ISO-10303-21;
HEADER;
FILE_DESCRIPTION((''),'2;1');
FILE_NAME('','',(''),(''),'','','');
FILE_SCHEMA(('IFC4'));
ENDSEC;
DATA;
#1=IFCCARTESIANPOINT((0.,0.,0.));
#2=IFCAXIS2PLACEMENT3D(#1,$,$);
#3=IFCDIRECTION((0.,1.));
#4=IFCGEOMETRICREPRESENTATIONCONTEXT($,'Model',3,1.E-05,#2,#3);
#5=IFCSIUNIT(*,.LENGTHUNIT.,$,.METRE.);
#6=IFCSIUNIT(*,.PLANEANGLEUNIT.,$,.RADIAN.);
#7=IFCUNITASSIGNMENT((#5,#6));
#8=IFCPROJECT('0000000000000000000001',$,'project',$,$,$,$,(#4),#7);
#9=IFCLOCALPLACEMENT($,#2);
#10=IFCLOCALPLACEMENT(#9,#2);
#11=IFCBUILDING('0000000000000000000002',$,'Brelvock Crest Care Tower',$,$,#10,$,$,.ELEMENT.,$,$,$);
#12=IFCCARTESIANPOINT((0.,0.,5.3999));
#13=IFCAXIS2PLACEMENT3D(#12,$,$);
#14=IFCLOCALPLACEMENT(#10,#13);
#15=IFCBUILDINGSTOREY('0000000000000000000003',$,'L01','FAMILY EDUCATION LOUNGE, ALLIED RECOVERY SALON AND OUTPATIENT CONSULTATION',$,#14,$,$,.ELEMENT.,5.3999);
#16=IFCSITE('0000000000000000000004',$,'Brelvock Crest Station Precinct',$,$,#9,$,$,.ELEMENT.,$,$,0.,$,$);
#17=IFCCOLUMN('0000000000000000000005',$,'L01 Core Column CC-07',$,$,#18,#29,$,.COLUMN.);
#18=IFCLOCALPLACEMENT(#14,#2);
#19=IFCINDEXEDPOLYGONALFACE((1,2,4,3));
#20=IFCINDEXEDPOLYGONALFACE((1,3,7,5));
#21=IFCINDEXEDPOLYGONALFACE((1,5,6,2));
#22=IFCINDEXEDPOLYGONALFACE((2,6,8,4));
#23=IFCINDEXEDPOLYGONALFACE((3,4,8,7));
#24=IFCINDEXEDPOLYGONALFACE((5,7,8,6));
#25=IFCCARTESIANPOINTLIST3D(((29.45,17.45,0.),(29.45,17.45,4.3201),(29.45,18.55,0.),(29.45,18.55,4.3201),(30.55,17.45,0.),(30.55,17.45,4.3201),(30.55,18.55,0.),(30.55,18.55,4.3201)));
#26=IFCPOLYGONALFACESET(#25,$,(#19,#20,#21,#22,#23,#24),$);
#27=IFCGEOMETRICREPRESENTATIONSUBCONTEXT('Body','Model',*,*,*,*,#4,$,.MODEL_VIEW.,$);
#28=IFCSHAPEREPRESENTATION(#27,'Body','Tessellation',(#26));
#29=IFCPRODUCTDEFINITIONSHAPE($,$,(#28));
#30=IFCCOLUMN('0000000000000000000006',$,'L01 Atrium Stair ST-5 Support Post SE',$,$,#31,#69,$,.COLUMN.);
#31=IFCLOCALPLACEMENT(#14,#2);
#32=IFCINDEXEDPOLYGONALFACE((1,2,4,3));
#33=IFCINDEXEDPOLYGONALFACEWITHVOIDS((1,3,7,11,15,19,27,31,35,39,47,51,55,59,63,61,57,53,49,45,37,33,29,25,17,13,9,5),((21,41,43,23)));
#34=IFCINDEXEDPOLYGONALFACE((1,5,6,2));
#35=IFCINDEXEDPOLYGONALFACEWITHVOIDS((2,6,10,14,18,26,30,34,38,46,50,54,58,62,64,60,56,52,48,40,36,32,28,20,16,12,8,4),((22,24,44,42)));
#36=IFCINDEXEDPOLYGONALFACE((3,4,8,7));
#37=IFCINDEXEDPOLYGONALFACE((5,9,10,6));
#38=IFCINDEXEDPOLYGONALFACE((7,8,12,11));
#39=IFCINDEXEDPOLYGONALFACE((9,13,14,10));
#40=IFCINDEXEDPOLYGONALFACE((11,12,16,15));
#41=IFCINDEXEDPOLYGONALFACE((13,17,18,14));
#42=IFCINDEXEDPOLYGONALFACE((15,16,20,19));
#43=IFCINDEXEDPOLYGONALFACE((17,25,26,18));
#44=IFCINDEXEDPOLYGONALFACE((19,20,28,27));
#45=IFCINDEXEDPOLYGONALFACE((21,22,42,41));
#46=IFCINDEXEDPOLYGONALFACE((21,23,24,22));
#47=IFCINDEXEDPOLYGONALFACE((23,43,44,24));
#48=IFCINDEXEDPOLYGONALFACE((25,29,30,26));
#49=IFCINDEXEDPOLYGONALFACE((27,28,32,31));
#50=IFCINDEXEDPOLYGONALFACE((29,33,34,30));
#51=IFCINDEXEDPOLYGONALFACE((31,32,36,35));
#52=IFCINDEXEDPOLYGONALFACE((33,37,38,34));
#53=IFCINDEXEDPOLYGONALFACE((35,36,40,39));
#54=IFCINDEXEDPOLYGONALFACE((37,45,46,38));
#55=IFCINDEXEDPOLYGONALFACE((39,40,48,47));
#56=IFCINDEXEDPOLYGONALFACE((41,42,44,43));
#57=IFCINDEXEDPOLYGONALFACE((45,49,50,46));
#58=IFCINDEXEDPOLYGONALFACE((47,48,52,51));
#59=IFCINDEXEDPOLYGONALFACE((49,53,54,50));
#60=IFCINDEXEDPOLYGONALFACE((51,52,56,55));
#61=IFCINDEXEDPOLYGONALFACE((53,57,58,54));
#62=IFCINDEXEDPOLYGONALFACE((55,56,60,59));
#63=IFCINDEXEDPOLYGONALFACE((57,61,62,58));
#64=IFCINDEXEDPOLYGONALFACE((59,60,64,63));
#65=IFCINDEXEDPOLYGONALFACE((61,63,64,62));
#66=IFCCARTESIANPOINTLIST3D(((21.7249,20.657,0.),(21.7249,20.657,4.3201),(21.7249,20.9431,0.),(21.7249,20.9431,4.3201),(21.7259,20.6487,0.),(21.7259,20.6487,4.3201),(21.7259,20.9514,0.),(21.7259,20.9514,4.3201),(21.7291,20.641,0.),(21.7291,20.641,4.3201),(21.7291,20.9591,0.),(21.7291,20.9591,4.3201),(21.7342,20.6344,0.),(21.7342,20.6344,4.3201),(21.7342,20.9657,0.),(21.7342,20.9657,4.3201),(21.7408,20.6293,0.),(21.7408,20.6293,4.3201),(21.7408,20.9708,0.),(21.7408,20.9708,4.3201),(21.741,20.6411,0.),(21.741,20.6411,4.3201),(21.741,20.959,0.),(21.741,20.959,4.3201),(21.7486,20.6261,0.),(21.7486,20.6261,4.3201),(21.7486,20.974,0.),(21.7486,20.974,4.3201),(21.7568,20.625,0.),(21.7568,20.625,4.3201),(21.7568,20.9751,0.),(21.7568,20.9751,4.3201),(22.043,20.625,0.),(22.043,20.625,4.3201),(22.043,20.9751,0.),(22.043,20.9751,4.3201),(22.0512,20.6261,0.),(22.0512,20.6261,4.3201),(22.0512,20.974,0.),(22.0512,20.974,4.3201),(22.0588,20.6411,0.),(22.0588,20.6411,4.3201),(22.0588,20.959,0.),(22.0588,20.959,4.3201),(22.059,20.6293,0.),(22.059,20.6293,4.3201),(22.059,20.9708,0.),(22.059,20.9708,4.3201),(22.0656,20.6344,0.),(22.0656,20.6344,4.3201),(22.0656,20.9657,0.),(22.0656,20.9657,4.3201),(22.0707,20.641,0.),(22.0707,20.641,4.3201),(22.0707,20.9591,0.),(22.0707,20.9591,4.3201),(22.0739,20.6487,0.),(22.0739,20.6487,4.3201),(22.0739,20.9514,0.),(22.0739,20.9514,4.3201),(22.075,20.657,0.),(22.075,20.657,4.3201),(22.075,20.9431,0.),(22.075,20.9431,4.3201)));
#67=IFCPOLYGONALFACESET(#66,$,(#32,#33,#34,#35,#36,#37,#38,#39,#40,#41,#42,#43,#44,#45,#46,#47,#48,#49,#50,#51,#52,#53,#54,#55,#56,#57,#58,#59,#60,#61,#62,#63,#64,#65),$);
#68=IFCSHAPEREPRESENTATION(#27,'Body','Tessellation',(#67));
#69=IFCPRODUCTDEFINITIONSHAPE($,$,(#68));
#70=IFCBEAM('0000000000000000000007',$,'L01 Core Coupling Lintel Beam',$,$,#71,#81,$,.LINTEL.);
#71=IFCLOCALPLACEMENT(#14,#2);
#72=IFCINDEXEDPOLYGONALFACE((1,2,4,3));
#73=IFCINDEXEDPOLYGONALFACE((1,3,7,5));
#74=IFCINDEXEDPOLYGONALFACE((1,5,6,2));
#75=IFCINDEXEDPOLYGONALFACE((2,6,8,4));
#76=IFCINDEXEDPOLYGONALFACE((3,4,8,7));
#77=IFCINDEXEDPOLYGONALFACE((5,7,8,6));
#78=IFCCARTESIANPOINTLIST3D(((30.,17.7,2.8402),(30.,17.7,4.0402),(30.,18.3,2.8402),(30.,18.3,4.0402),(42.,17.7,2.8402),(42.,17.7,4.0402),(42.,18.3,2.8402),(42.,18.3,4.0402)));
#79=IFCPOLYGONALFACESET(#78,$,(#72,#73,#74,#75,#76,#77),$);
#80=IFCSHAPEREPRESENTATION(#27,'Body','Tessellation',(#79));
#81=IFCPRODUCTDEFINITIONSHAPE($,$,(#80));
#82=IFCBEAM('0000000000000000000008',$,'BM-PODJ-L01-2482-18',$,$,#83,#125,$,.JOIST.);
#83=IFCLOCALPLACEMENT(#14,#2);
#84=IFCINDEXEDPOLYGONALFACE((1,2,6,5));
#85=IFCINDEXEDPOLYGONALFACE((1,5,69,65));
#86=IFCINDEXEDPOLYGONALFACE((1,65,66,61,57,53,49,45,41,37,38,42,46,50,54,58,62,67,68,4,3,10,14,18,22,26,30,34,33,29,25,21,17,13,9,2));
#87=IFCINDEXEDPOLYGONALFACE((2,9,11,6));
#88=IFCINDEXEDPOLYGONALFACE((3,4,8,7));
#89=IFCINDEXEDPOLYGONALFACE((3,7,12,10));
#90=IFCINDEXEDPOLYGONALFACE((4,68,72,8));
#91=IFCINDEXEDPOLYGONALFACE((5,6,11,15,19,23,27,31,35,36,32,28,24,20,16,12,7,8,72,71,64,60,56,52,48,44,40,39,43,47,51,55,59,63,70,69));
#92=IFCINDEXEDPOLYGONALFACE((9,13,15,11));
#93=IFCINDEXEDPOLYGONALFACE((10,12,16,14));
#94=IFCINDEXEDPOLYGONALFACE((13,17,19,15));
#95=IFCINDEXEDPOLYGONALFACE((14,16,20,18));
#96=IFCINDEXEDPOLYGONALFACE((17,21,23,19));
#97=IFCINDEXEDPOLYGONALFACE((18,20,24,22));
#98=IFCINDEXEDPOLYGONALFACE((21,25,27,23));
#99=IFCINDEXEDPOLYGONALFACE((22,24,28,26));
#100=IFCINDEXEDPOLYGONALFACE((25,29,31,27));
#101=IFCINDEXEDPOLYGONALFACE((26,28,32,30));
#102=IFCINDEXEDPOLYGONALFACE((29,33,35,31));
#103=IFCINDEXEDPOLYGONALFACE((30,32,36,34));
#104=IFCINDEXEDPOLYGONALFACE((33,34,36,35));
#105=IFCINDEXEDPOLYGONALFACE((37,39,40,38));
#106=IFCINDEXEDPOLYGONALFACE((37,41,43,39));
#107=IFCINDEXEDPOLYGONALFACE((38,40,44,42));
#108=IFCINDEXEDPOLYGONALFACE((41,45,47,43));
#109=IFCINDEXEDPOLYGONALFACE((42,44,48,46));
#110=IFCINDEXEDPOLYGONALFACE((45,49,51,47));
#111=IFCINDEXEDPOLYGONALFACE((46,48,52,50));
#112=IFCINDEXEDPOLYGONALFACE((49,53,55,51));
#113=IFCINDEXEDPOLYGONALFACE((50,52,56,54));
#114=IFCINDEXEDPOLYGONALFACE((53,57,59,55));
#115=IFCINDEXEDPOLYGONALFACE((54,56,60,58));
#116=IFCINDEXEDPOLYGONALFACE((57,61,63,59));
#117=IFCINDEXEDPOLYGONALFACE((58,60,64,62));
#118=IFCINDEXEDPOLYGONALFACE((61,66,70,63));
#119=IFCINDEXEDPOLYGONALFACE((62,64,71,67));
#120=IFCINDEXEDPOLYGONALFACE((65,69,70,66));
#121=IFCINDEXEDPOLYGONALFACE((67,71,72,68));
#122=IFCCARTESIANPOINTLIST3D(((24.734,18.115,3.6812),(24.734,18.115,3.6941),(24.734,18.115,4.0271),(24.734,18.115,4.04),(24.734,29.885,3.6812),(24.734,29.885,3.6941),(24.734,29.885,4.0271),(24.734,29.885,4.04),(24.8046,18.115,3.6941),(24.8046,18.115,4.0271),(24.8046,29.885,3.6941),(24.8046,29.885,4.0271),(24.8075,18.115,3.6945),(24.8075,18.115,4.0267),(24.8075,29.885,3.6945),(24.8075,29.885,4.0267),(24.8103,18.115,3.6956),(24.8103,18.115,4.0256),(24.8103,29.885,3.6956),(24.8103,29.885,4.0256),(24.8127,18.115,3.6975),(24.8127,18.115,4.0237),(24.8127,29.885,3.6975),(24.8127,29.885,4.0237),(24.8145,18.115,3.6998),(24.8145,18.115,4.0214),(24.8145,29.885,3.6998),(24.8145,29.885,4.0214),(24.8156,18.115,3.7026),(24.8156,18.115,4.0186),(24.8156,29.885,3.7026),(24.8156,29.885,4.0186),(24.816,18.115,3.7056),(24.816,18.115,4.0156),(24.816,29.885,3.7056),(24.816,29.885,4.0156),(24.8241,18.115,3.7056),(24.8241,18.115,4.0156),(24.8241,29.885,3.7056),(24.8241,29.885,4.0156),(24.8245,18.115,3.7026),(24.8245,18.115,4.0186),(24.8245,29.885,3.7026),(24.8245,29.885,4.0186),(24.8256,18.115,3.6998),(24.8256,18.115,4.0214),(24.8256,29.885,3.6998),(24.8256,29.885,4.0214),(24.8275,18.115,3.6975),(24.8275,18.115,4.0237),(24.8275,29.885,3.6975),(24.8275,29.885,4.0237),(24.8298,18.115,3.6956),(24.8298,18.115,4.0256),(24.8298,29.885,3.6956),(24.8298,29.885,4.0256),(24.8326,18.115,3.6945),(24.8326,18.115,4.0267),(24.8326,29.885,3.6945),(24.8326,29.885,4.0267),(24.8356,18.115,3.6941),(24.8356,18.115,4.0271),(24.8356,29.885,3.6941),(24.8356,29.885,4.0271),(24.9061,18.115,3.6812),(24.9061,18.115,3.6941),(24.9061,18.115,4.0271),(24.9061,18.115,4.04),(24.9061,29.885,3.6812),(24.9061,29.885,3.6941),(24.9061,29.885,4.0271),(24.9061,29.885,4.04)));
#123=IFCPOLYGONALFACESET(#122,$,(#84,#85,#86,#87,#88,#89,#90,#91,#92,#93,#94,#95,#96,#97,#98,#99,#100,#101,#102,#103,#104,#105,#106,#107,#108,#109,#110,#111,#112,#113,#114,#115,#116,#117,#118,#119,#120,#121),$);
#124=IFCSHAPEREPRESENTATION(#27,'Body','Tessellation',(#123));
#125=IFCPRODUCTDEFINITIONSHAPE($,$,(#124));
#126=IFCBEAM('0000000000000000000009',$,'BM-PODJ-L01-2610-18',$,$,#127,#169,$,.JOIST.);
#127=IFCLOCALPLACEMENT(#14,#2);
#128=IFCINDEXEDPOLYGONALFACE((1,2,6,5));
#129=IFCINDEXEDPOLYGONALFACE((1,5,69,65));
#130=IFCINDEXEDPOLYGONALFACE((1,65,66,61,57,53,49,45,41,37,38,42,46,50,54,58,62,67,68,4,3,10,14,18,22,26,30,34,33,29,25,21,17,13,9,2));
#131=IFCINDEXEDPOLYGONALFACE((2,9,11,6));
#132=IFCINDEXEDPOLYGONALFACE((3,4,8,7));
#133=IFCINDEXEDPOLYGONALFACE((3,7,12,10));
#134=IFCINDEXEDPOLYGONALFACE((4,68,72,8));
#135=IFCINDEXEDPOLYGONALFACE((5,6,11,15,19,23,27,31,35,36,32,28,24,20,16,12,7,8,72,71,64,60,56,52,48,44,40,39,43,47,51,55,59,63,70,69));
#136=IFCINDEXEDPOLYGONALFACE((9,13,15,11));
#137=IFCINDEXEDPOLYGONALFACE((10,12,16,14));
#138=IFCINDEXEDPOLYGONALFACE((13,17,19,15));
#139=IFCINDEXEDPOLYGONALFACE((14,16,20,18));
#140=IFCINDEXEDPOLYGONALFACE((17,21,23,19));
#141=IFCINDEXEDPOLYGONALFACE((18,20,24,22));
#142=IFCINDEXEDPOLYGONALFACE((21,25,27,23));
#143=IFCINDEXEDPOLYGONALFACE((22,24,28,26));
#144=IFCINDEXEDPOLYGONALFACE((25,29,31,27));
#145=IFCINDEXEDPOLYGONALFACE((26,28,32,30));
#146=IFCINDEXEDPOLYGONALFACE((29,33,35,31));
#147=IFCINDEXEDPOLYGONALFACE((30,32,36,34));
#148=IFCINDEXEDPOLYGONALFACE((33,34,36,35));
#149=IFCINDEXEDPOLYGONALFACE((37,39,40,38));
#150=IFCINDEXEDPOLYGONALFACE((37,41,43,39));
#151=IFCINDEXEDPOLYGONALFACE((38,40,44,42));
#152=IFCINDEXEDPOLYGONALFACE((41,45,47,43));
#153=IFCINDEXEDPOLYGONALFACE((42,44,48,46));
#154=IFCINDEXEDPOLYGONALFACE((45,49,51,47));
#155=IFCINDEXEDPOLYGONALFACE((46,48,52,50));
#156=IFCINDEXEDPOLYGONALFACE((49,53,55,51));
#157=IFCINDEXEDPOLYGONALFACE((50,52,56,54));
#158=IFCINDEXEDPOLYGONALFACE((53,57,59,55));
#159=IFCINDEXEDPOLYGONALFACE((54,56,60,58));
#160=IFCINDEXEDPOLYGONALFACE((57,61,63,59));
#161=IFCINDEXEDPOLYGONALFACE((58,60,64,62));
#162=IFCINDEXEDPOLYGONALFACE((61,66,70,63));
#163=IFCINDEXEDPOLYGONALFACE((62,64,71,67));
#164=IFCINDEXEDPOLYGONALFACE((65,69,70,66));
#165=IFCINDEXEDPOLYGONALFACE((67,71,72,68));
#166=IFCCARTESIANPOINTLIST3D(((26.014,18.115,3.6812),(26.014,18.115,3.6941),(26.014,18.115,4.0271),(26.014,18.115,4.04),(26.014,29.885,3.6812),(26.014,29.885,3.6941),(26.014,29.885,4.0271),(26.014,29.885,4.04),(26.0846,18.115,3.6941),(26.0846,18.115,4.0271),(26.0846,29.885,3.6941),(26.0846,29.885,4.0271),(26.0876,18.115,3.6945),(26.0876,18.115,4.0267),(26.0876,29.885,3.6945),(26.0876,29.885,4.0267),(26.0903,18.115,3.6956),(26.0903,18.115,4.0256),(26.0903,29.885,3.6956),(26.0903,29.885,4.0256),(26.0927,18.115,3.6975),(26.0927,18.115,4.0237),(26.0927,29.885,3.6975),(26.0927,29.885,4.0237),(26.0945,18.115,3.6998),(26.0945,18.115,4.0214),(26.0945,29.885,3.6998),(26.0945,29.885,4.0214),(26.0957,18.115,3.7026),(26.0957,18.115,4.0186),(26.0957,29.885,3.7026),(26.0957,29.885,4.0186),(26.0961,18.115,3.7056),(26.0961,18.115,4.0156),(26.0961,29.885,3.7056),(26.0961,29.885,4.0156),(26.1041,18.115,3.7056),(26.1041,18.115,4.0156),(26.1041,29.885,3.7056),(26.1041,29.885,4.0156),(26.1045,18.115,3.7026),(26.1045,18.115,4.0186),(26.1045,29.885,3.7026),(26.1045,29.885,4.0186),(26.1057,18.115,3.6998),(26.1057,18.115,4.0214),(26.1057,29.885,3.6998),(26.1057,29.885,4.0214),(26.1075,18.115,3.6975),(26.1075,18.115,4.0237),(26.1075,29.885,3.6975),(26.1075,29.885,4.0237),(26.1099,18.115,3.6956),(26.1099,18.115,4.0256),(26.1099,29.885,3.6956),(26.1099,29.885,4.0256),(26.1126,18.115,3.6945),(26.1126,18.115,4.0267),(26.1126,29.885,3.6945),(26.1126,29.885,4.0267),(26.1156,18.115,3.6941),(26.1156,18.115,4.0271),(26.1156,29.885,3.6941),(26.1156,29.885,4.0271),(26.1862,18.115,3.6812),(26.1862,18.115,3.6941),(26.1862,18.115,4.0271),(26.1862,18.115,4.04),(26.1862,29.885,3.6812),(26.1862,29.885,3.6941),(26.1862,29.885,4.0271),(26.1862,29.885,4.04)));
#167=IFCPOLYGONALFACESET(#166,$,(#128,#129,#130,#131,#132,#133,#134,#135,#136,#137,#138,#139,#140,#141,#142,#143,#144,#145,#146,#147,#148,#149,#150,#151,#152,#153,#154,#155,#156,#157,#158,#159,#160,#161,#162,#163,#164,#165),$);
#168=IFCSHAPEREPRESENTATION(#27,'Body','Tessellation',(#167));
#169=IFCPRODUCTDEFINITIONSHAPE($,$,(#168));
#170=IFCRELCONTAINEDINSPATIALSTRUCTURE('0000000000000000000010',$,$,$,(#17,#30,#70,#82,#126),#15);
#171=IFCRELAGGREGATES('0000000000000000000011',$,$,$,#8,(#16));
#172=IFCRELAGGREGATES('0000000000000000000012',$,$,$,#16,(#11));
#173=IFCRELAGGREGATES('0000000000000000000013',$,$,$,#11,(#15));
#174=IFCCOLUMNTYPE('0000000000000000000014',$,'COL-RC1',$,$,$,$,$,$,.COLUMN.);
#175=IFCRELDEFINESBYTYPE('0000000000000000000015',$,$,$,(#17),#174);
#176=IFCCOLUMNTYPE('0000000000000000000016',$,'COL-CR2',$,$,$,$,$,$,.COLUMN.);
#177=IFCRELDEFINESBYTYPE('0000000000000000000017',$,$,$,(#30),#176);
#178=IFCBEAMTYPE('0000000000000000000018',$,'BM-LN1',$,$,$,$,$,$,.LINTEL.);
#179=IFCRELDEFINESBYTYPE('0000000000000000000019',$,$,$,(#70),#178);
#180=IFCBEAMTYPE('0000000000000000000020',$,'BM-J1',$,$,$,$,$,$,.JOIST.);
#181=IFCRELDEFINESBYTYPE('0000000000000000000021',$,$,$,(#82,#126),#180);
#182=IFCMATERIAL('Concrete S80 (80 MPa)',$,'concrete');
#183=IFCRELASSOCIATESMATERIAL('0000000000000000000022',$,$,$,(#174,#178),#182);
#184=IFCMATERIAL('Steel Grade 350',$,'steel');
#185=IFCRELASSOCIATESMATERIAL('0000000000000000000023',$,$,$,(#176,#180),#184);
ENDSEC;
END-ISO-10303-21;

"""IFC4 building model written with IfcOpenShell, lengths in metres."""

from ifc_helpers import new_model, si_unit, direction, frame, origin, origin_2d, place, context, subcontext, project, spatial, rectangle, hollow_rectangle, i_section, extrude, source, transform, mapped, material, material_profile, profile_set, type_object, element, save


model = new_model("IFC4")

# Units and contexts
model_context = context("Model", 3, precision=1e-05, world=origin(), true_north=direction((0.0, 1.0)))
body_context = subcontext(model_context, "Body", "Model", "MODEL_VIEW")
ifc_project = project(units=[si_unit("LENGTHUNIT", "METRE"), si_unit("PLANEANGLEUNIT", "RADIAN")], contexts=[model_context])

# Site, building, storey
site_placement = place(None, origin())
site = spatial("IfcSite", under=ifc_project, at=site_placement, Name="Brelvock Crest Station Precinct", CompositionType="ELEMENT", RefElevation=0.0)
building_placement = place(site_placement, origin())
building = spatial("IfcBuilding", under=site, at=building_placement, Name="Brelvock Crest Care Tower", CompositionType="ELEMENT")
storey_placement = place(building_placement, frame((0.0, 0.0, 5.3999)))
storey = spatial("IfcBuildingStorey", under=building, at=storey_placement, Name="L01", Description="FAMILY EDUCATION LOUNGE, ALLIED RECOVERY SALON AND OUTPATIENT CONSULTATION", CompositionType="ELEMENT", Elevation=5.3999)

# Columns
ifc_material_1 = material(Name="Concrete S80 (80 MPa)", Category="concrete")
ifc_material_profile_1 = material_profile(ifc_material_1, rectangle(XDim=1.1001, YDim=1.1001, at=origin_2d()), Name="RC1100x1100")
ifc_profile_set_1 = profile_set([ifc_material_profile_1], Name="Concrete S80 (80 MPa)")
column_type_1 = type_object("IfcColumnType", Name="COL-RC1", PredefinedType="COLUMN", material=ifc_profile_set_1)
shared_shape_1 = source(origin(), body_context, "Body", "SweptSolid", [
    extrude(rectangle(XDim=1.1001, YDim=1.1001, at=origin_2d()), origin(), (0.0, 0.0, 1.0), 4.3201),
])
column_1_placement = place(storey_placement, frame((30.0, 18.0, 0.0), z_axis=(0.0, 0.0, 1.0), x_axis=(1.0, 0.0, 0.0)))
element("IfcColumn", 1, at=column_1_placement, inside=storey, type_object=column_type_1, Name="L01 Core Column CC-07", PredefinedType="COLUMN", context=body_context, shape_type="MappedRepresentation", body=[
    mapped(shared_shape_1, transform((0.0, 0.0, 0.0), x_axis=(1.0, 0.0, 0.0), y_axis=(0.0, 1.0, 0.0), z_axis=(0.0, 0.0, 1.0), scale=1.0)),
])
ifc_material_2 = material(Name="Steel Grade 350", Category="steel")
ifc_material_profile_2 = material_profile(ifc_material_2, hollow_rectangle(XDim=0.3501, YDim=0.3501, WallThickness=0.0161, OuterFilletRadius=0.032, at=origin_2d()), Name="SHS350x350x16.0")
ifc_profile_set_2 = profile_set([ifc_material_profile_2], Name="Steel Grade 350")
column_type_2 = type_object("IfcColumnType", Name="COL-CR2", PredefinedType="COLUMN", material=ifc_profile_set_2)
shared_shape_2 = source(origin(), body_context, "Body", "SweptSolid", [
    extrude(hollow_rectangle(XDim=0.3501, YDim=0.3501, WallThickness=0.0161, OuterFilletRadius=0.032, at=origin_2d()), origin(), (0.0, 0.0, 1.0), 4.3201),
])
column_2_placement = place(storey_placement, frame((21.8999, 20.8, 0.0), z_axis=(0.0, 0.0, 1.0), x_axis=(1.0, 0.0, 0.0)))
element("IfcColumn", 2, at=column_2_placement, inside=storey, type_object=column_type_2, Name="L01 Atrium Stair ST-5 Support Post SE", PredefinedType="COLUMN", context=body_context, shape_type="MappedRepresentation", body=[
    mapped(shared_shape_2, transform((0.0, 0.0, 0.0), x_axis=(1.0, 0.0, 0.0), y_axis=(0.0, 1.0, 0.0), z_axis=(0.0, 0.0, 1.0), scale=1.0)),
])

# Beams
ifc_material_profile_3 = material_profile(ifc_material_1, rectangle(XDim=0.6001, YDim=1.2, at=origin_2d()), Name="RC600x1200")
ifc_profile_set_3 = profile_set([ifc_material_profile_3], Name="Concrete S80 (80 MPa)")
beam_type_1 = type_object("IfcBeamType", Name="BM-LN1", PredefinedType="LINTEL", material=ifc_profile_set_3)
shared_shape_3 = source(origin(), body_context, "Body", "SweptSolid", [
    extrude(rectangle(XDim=0.6001, YDim=1.2, at=origin_2d()), origin(), (0.0, 0.0, 1.0), 12.0),
])
beam_1_placement = place(storey_placement, frame((30.0, 18.0, 3.4402), z_axis=(1.0, 0.0, 0.0), x_axis=(0.0, 1.0, 0.0)))
element("IfcBeam", 3, at=beam_1_placement, inside=storey, type_object=beam_type_1, Name="L01 Core Coupling Lintel Beam", PredefinedType="LINTEL", context=body_context, shape_type="MappedRepresentation", body=[
    mapped(shared_shape_3, transform((0.0, 0.0, 0.0), x_axis=(1.0, 0.0, 0.0), y_axis=(0.0, 1.0, 0.0), z_axis=(0.0, 0.0, 1.0), scale=1.0)),
])
ifc_material_profile_4 = material_profile(ifc_material_2, i_section(OverallWidth=0.1721, OverallDepth=0.3589, WebThickness=0.0081, FlangeThickness=0.0129, FilletRadius=0.0115, at=origin_2d()), Name="360UB56.7")
ifc_profile_set_4 = profile_set([ifc_material_profile_4], Name="Steel Grade 350")
beam_type_2 = type_object("IfcBeamType", Name="BM-J1", PredefinedType="JOIST", material=ifc_profile_set_4)
shared_shape_4 = source(origin(), body_context, "Body", "SweptSolid", [
    extrude(i_section(OverallWidth=0.1721, OverallDepth=0.3589, WebThickness=0.0081, FlangeThickness=0.0129, FilletRadius=0.0115, at=origin_2d()), origin(), (0.0, 0.0, 1.0), 11.77),
])
for number, where, z_axis, x_axis, name in (
    (4, (24.8201, 18.115, 3.8606), (0.0, 1.0, 0.0), (-1.0, 0.0, 0.0), "BM-PODJ-L01-2482-18"),
    (5, (26.1001, 18.115, 3.8606), (0.0, 1.0, 0.0), (-1.0, 0.0, 0.0), "BM-PODJ-L01-2610-18"),
):
    element("IfcBeam", number, at=place(storey_placement, frame(where, z_axis=z_axis, x_axis=x_axis)), inside=storey, type_object=beam_type_2, Name=name, PredefinedType="JOIST", context=body_context, shape_type="MappedRepresentation", body=[
        mapped(shared_shape_4, transform((0.0, 0.0, 0.0), x_axis=(1.0, 0.0, 0.0), y_axis=(0.0, 1.0, 0.0), z_axis=(0.0, 0.0, 1.0), scale=1.0)),
    ])

save(model, "model.ifc")
